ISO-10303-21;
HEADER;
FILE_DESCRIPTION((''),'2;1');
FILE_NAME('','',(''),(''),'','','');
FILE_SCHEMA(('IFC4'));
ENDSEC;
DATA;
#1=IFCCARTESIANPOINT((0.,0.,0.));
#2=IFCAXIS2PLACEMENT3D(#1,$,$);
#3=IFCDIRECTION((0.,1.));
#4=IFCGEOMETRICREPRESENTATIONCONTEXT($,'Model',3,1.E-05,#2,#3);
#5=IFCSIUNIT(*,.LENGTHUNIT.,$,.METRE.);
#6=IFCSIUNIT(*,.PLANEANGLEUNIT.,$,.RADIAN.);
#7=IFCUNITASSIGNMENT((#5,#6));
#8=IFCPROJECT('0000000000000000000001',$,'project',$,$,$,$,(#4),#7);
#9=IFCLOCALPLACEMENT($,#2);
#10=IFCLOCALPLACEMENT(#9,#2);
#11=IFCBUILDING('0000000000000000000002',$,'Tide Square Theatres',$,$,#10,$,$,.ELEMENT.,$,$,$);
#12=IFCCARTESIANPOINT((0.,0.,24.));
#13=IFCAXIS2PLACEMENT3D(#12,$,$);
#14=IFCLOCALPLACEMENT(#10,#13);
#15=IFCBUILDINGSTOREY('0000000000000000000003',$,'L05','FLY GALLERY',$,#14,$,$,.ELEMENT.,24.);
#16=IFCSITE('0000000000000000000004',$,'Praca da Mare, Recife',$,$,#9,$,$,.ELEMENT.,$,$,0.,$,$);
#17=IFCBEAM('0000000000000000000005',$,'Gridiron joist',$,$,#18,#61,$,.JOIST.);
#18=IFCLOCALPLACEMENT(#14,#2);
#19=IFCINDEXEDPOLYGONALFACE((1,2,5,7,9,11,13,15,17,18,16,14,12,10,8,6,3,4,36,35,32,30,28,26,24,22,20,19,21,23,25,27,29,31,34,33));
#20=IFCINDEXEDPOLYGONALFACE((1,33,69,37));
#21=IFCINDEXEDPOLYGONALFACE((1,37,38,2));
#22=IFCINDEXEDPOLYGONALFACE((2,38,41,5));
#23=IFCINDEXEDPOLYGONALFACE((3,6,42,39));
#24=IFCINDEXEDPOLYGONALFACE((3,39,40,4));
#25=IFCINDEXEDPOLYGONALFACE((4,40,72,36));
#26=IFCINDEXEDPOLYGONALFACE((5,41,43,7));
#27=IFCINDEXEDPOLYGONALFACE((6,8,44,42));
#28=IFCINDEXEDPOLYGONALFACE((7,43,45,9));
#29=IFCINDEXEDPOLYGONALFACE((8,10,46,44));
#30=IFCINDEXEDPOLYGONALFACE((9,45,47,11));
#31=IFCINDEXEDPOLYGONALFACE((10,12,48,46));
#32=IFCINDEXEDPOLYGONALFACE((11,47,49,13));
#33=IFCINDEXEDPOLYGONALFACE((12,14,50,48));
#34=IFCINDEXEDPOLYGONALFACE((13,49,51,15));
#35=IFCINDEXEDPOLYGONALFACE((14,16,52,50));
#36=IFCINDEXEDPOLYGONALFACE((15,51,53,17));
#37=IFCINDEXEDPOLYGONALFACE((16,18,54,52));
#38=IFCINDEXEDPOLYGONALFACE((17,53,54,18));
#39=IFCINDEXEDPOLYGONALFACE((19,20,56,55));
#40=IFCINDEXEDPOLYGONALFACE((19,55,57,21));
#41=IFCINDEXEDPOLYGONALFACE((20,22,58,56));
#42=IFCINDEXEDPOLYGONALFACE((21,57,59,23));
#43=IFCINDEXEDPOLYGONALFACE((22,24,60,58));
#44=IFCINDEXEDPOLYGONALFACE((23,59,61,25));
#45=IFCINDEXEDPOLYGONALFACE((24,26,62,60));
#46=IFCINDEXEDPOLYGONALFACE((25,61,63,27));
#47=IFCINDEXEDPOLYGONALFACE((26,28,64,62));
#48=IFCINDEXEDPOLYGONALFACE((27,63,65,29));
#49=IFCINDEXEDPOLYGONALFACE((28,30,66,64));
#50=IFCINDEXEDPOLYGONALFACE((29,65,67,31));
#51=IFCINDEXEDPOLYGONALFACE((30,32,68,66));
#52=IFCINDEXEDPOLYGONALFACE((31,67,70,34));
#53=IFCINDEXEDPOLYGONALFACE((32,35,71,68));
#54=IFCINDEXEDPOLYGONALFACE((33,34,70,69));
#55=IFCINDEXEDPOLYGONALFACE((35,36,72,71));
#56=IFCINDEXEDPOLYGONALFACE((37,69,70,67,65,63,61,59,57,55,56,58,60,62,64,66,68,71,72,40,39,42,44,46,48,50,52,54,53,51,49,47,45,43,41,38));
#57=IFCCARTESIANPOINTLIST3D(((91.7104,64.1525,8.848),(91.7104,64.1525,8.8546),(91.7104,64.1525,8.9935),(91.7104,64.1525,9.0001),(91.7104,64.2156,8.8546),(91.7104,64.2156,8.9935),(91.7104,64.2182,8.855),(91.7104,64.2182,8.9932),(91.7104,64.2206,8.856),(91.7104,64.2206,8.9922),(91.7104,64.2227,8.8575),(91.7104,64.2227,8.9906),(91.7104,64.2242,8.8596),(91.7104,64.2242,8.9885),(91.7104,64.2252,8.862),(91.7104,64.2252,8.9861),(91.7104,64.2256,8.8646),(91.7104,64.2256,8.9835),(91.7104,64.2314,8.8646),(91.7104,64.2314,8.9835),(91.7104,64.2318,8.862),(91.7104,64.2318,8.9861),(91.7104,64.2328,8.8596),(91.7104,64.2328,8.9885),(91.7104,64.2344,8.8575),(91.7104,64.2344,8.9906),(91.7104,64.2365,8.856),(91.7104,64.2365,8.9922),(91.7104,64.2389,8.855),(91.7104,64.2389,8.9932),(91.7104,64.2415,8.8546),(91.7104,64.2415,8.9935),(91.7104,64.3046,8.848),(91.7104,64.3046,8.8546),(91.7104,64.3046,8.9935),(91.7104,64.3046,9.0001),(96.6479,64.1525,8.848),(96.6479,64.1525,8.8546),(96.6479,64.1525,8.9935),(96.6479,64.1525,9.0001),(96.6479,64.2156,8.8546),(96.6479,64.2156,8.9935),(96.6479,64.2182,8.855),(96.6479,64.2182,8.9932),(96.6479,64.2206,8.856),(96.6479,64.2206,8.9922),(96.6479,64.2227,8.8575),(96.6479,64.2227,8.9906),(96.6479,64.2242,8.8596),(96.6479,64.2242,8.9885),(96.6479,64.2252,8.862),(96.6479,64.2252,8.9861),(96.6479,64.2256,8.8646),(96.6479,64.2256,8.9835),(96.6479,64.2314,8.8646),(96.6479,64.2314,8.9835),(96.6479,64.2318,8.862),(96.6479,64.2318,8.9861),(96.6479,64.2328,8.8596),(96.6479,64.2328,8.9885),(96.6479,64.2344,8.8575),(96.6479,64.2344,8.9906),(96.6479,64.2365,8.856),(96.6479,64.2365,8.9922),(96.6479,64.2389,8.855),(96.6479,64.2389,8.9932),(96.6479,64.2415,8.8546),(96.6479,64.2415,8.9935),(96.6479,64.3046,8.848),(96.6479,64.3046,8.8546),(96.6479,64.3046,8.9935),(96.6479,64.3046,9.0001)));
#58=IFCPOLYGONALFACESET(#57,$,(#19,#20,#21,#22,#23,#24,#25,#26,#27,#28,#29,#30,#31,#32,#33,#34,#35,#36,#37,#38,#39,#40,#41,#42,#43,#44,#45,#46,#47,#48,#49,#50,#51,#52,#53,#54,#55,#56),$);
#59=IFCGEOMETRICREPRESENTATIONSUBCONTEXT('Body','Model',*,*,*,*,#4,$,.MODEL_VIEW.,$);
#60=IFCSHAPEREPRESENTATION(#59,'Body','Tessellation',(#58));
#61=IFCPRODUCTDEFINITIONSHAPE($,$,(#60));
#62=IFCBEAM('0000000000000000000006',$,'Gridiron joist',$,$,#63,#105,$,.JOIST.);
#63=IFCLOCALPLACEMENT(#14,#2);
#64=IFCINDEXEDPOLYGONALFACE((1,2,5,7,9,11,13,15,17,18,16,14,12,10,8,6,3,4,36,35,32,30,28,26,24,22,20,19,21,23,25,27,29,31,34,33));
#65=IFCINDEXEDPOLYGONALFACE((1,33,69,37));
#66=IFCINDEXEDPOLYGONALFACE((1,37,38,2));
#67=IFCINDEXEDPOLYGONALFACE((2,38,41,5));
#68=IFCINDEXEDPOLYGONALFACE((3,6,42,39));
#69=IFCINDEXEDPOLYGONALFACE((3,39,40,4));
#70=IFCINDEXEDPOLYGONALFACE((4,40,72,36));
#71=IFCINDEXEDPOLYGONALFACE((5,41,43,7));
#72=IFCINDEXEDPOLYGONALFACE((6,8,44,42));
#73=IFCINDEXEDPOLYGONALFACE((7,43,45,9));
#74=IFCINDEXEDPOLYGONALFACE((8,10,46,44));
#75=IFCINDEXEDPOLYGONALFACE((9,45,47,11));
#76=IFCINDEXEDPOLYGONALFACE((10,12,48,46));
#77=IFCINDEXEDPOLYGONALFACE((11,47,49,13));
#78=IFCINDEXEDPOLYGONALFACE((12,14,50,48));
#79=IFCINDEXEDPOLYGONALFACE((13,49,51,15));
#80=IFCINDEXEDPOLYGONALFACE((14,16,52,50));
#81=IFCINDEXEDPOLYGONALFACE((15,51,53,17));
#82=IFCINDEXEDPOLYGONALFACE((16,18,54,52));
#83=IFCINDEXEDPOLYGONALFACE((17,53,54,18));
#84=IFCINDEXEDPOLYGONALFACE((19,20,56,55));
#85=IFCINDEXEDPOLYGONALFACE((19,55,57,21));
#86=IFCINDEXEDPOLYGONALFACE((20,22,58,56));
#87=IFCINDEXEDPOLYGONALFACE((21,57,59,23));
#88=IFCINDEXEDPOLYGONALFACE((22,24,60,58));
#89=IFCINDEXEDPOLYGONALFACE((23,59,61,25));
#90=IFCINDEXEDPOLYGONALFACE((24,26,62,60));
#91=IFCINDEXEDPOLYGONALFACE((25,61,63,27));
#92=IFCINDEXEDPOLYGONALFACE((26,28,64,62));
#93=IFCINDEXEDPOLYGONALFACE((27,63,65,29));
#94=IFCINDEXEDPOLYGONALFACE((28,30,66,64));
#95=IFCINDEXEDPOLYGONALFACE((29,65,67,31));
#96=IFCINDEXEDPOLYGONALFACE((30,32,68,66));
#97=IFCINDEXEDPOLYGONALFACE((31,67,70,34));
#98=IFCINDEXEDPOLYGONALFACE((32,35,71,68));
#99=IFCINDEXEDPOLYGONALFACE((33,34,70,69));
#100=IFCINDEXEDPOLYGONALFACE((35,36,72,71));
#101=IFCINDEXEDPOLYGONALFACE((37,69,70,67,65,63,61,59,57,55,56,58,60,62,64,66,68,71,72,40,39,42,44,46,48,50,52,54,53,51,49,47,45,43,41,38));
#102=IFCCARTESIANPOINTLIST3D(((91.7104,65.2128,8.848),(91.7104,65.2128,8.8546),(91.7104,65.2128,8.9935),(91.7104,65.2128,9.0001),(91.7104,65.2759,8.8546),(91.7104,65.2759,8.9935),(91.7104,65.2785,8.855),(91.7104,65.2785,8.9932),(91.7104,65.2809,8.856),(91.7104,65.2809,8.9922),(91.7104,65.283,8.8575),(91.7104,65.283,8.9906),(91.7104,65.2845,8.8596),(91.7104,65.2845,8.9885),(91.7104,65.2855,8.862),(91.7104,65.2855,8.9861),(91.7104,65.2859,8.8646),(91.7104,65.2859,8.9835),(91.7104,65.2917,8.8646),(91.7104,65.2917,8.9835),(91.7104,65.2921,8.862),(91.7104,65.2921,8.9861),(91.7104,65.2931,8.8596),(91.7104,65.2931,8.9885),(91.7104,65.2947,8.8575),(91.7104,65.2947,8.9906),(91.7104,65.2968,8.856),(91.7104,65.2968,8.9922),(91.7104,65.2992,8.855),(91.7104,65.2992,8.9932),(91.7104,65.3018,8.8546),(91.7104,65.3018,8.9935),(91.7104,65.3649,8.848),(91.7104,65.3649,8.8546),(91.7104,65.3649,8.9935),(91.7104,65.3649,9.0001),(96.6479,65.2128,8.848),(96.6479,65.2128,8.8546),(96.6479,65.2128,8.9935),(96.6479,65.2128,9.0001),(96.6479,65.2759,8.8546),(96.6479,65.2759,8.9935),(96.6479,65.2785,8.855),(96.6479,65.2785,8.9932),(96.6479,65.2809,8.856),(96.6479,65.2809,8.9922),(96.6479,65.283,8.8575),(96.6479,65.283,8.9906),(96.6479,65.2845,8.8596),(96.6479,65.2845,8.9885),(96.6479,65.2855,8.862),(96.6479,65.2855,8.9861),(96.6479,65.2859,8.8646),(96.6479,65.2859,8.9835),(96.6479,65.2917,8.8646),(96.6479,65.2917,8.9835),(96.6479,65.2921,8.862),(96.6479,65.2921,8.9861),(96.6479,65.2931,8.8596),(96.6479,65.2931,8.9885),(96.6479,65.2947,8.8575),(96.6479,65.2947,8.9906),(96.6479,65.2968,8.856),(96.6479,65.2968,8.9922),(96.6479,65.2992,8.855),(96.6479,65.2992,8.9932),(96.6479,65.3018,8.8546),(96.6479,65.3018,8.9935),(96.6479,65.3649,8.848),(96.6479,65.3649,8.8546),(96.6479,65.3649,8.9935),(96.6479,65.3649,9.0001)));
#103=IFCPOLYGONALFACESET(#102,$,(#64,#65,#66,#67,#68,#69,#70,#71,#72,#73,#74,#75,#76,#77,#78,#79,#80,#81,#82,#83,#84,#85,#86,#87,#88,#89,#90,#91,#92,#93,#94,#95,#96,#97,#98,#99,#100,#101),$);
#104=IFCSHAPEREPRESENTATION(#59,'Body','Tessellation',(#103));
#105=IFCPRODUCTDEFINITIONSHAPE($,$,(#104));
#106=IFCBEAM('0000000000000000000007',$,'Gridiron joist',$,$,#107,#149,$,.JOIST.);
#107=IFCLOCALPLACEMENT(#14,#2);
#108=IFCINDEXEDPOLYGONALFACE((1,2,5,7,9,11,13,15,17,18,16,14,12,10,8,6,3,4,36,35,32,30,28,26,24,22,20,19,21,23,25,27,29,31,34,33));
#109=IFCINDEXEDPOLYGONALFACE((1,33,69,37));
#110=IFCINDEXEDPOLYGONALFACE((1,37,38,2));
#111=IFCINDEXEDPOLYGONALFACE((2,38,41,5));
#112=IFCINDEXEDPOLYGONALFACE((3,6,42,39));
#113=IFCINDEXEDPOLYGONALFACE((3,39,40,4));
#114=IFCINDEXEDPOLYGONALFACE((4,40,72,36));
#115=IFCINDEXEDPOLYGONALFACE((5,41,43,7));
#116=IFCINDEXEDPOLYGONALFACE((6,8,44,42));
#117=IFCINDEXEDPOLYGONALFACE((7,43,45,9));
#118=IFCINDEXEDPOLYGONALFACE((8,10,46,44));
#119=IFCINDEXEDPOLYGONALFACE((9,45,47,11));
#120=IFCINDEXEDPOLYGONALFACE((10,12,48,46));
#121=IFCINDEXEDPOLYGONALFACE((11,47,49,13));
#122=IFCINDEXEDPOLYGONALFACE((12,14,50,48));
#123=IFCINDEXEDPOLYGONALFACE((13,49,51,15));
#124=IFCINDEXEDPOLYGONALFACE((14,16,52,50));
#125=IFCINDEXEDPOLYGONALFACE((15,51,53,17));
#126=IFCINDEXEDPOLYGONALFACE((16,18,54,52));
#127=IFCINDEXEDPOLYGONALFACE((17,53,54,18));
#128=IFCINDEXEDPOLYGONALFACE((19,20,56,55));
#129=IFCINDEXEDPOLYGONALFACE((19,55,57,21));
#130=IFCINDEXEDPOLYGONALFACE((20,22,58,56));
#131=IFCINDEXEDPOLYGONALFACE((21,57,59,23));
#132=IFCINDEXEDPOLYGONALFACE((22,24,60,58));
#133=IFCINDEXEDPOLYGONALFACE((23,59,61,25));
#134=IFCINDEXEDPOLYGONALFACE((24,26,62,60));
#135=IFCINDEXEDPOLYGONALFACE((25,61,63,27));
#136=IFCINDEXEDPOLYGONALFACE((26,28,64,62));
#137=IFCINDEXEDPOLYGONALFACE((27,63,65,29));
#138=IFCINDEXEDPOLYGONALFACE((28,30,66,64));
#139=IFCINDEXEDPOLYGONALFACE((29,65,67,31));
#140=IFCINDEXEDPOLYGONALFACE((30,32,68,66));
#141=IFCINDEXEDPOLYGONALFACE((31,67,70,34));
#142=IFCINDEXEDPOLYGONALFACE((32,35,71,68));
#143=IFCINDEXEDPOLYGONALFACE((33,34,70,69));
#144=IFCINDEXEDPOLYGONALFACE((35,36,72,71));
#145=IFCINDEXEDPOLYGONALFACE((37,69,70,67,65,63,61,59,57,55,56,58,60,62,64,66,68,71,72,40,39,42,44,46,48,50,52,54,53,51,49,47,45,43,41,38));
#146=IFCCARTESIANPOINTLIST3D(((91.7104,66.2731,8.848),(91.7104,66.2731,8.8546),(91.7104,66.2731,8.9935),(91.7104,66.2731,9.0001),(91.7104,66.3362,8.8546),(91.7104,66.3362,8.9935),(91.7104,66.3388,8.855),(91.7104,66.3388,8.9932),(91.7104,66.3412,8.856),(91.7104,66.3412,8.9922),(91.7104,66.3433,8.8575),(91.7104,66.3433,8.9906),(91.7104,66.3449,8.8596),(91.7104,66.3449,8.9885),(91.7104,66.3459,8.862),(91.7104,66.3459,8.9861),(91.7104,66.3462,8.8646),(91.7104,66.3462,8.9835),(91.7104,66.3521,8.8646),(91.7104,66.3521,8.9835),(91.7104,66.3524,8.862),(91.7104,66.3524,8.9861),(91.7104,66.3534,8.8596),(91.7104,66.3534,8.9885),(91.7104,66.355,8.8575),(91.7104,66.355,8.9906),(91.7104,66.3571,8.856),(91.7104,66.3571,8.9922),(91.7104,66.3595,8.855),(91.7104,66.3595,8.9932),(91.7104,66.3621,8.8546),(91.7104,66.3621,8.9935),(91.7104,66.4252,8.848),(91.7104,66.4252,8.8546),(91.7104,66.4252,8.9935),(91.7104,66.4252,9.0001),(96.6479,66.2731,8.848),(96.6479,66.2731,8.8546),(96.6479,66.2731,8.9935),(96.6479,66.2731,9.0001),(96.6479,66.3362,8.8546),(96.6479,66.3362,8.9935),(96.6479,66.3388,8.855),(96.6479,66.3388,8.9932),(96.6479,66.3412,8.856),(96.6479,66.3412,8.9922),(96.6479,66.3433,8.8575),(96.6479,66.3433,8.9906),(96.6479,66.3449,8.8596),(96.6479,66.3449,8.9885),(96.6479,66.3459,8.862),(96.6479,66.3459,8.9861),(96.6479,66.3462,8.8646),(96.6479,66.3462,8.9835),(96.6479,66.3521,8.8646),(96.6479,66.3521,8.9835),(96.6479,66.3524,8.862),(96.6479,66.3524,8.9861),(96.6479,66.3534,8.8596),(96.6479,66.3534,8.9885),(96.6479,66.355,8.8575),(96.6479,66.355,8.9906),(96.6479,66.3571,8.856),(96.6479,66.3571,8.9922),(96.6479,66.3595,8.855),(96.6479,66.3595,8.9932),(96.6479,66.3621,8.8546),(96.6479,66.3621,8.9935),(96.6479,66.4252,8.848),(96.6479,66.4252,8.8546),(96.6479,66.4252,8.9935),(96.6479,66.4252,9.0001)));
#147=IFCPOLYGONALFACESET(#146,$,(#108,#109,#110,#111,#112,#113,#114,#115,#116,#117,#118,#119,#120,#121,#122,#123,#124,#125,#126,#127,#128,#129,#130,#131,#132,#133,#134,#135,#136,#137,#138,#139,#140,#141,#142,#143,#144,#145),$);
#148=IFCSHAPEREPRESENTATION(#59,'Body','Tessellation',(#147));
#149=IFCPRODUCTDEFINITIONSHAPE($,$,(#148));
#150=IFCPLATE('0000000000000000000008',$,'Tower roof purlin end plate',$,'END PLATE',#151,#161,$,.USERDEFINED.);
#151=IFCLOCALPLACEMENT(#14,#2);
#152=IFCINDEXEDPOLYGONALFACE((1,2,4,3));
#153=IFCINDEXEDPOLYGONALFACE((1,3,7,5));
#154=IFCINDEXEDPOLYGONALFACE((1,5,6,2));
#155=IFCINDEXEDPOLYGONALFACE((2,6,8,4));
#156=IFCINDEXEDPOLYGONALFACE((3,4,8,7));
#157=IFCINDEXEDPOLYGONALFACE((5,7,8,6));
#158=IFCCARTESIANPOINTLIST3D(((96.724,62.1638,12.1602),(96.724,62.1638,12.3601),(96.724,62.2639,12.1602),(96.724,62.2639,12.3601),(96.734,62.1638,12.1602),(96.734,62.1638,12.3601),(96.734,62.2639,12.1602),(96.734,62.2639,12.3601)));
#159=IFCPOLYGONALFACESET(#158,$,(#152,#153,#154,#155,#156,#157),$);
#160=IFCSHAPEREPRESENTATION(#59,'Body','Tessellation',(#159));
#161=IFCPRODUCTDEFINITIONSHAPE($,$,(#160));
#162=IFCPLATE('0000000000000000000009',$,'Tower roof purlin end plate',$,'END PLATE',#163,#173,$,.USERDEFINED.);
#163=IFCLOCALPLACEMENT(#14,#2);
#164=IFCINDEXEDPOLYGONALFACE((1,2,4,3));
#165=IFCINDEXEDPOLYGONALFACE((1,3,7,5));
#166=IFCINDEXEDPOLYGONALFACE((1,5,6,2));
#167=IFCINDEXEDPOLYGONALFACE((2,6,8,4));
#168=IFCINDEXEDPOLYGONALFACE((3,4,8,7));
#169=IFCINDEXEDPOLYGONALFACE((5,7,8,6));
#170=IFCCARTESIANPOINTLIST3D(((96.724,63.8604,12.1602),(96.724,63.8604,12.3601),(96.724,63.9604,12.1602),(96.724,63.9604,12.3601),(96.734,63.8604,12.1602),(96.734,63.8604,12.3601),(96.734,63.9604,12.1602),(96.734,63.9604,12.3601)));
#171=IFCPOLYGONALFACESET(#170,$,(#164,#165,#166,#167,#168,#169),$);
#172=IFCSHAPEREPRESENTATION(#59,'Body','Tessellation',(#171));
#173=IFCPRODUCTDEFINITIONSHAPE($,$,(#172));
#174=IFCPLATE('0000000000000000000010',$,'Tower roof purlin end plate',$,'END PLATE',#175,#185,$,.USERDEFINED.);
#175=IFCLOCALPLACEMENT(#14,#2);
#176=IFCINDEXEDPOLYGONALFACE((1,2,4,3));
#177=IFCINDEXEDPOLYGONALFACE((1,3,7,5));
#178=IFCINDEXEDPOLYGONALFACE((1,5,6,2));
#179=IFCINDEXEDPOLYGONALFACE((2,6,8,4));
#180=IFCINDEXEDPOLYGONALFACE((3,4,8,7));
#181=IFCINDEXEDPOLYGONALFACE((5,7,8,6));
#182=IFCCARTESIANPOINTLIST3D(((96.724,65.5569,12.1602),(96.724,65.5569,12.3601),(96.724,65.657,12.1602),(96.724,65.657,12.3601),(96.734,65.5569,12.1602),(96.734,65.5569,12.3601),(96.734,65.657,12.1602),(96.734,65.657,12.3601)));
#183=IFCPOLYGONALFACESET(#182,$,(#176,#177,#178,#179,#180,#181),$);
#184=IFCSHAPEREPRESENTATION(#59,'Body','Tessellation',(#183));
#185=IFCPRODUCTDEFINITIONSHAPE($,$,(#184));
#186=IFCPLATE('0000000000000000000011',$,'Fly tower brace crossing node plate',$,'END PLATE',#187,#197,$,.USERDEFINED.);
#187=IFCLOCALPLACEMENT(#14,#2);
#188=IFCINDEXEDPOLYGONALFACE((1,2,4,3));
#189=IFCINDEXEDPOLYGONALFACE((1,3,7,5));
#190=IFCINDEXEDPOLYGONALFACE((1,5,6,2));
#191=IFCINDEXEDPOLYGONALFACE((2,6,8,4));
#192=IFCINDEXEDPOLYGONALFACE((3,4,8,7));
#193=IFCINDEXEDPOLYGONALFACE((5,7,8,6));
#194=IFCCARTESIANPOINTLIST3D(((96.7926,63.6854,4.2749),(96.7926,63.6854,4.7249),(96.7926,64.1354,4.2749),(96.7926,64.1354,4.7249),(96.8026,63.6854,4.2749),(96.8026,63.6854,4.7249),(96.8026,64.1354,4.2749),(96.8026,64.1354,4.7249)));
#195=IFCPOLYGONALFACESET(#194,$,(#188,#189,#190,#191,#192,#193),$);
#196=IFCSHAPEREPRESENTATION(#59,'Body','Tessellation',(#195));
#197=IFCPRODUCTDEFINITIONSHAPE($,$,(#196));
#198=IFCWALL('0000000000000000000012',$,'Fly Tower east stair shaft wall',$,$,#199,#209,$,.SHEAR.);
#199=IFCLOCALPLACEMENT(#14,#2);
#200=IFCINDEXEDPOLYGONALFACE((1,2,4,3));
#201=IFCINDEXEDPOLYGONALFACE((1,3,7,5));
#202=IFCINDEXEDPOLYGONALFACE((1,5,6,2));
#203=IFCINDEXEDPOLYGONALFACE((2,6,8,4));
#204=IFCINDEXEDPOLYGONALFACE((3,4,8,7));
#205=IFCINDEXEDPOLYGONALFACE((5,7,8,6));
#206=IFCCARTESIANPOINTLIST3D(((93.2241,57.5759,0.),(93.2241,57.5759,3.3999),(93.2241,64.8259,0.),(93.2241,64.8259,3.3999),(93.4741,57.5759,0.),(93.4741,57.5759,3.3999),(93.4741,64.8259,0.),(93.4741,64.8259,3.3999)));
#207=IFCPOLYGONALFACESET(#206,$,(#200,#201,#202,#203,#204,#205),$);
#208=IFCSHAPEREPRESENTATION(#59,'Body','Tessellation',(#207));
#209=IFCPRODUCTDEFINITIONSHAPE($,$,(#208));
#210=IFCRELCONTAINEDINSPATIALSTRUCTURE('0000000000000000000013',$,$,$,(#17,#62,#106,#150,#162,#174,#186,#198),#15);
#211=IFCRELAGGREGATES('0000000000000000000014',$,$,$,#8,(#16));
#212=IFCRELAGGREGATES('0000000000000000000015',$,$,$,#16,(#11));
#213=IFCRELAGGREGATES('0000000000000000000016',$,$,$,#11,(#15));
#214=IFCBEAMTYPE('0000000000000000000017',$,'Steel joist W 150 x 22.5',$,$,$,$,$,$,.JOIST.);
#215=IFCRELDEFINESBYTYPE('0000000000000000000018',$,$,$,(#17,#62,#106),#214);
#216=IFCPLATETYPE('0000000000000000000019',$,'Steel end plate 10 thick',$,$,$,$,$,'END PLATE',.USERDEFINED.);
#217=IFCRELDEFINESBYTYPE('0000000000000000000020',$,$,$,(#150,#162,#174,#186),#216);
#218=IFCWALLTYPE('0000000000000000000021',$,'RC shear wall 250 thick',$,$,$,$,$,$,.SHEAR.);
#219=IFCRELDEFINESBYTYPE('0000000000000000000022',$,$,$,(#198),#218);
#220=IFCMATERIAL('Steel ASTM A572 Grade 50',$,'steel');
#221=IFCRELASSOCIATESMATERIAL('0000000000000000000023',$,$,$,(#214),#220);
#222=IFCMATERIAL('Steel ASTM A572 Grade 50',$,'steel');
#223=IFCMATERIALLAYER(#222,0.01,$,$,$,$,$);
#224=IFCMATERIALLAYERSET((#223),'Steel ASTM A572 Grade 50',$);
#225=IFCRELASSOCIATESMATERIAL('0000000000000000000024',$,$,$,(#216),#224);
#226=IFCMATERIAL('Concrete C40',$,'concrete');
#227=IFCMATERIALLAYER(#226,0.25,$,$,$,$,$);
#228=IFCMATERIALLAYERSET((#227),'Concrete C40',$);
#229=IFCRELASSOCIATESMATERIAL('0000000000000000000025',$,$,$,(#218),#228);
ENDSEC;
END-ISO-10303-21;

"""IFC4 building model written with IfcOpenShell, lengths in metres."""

from ifc_helpers import new_model, si_unit, direction, frame, frame_2d, origin, origin_2d, place, context, subcontext, project, spatial, rectangle, i_section, extrude, material, layer, layer_set, material_profile, profile_set, type_object, element, save


model = new_model("IFC4")

# Units and contexts
model_context = context("Model", 3, precision=1e-05, world=origin(), true_north=direction((0.0, 1.0)))
body_context = subcontext(model_context, "Body", "Model", "MODEL_VIEW")
ifc_project = project(units=[si_unit("LENGTHUNIT", "METRE"), si_unit("PLANEANGLEUNIT", "RADIAN")], contexts=[model_context])

# Site, building, storey
site_placement = place(None, origin())
site = spatial("IfcSite", under=ifc_project, at=site_placement, Name="Praca da Mare, Recife", CompositionType="ELEMENT", RefElevation=0.0)
building_placement = place(site_placement, origin())
building = spatial("IfcBuilding", under=site, at=building_placement, Name="Tide Square Theatres", CompositionType="ELEMENT")
storey_placement = place(building_placement, frame((0.0, 0.0, 24.0)))
storey = spatial("IfcBuildingStorey", under=building, at=storey_placement, Name="L05", Description="FLY GALLERY", CompositionType="ELEMENT", Elevation=24.0)

# Beams
ifc_material_1 = material(Name="Steel ASTM A572 Grade 50", Category="steel")
ifc_material_profile_1 = material_profile(ifc_material_1, i_section(OverallWidth=0.1521, OverallDepth=0.1521, WebThickness=0.0059, FlangeThickness=0.0066, FilletRadius=0.01, at=origin_2d()))
ifc_profile_set_1 = profile_set([ifc_material_profile_1], Name="Steel ASTM A572 Grade 50")
beam_type_1 = type_object("IfcBeamType", Name="Steel joist W 150 x 22.5", PredefinedType="JOIST", material=ifc_profile_set_1)
for number, where, z_axis, x_axis, name in (
    (1, (91.7104, 64.2285, 8.9241), (1.0, 0.0, 0.0), (0.0, 1.0, 0.0), "Gridiron joist"),
    (2, (91.7104, 65.2888, 8.9241), (1.0, 0.0, 0.0), (0.0, 1.0, 0.0), "Gridiron joist"),
    (3, (91.7104, 66.3491, 8.9241), (1.0, 0.0, 0.0), (0.0, 1.0, 0.0), "Gridiron joist"),
):
    element("IfcBeam", number, at=place(storey_placement, frame(where, z_axis=z_axis, x_axis=x_axis)), inside=storey, type_object=beam_type_1, Name=name, PredefinedType="JOIST", context=body_context, shape_type="SweptSolid", body=[
        extrude(i_section(OverallWidth=0.1521, OverallDepth=0.1521, WebThickness=0.0059, FlangeThickness=0.0066, FilletRadius=0.01, at=origin_2d()), origin(), (0.0, 0.0, 1.0), 4.9375),
    ])

# Plates
ifc_material_2 = material(Name="Steel ASTM A572 Grade 50", Category="steel")
ifc_layer_1 = layer(ifc_material_2, 0.01)
ifc_layer_set_1 = layer_set([ifc_layer_1], Name="Steel ASTM A572 Grade 50")
plate_type = type_object("IfcPlateType", Name="Steel end plate 10 thick", ElementType="END PLATE", PredefinedType="USERDEFINED", material=ifc_layer_set_1)
for number, where, z_axis, x_axis, name in (
    (4, (96.729, 62.2139, 12.1602), (0.0, 0.0, 1.0), (1.0, 0.0, 0.0), "Tower roof purlin end plate"),
    (5, (96.729, 63.9104, 12.1602), (0.0, 0.0, 1.0), (1.0, 0.0, 0.0), "Tower roof purlin end plate"),
    (6, (96.729, 65.6069, 12.1602), (0.0, 0.0, 1.0), (1.0, 0.0, 0.0), "Tower roof purlin end plate"),
):
    element("IfcPlate", number, at=place(storey_placement, frame(where, z_axis=z_axis, x_axis=x_axis)), inside=storey, type_object=plate_type, Name=name, ObjectType="END PLATE", PredefinedType="USERDEFINED", context=body_context, shape_type="SweptSolid", body=[
        extrude(rectangle(XDim=0.01, YDim=0.1001, at=origin_2d()), origin(), (0.0, 0.0, 1.0), 0.2),
    ])
plate_placement = place(storey_placement, frame((96.7976, 63.9104, 4.2749), z_axis=(0.0, 0.0, 1.0), x_axis=(1.0, 0.0, 0.0)))
element("IfcPlate", 7, at=plate_placement, inside=storey, type_object=plate_type, Name="Fly tower brace crossing node plate", ObjectType="END PLATE", PredefinedType="USERDEFINED", context=body_context, shape_type="SweptSolid", body=[
    extrude(rectangle(XDim=0.01, YDim=0.45, at=origin_2d()), origin(), (0.0, 0.0, 1.0), 0.45),
])

# Wall
ifc_material_3 = material(Name="Concrete C40", Category="concrete")
ifc_layer_2 = layer(ifc_material_3, 0.25)
ifc_layer_set_2 = layer_set([ifc_layer_2], Name="Concrete C40")
wall_type_1 = type_object("IfcWallType", Name="RC shear wall 250 thick", PredefinedType="SHEAR", material=ifc_layer_set_2)
wall_1_placement = place(storey_placement, frame((93.3491, 64.8259, 0.0), z_axis=(0.0, 0.0, 1.0), x_axis=(0.0, -1.0, 0.0)))
element("IfcWall", 8, at=wall_1_placement, inside=storey, type_object=wall_type_1, Name="Fly Tower east stair shaft wall", PredefinedType="SHEAR", context=body_context, shape_type="SweptSolid", body=[
    extrude(rectangle(XDim=7.25, YDim=0.25, at=frame_2d((3.625, 0.0))), origin(), (0.0, 0.0, 1.0), 3.3999),
])

save(model, "model.ifc")
